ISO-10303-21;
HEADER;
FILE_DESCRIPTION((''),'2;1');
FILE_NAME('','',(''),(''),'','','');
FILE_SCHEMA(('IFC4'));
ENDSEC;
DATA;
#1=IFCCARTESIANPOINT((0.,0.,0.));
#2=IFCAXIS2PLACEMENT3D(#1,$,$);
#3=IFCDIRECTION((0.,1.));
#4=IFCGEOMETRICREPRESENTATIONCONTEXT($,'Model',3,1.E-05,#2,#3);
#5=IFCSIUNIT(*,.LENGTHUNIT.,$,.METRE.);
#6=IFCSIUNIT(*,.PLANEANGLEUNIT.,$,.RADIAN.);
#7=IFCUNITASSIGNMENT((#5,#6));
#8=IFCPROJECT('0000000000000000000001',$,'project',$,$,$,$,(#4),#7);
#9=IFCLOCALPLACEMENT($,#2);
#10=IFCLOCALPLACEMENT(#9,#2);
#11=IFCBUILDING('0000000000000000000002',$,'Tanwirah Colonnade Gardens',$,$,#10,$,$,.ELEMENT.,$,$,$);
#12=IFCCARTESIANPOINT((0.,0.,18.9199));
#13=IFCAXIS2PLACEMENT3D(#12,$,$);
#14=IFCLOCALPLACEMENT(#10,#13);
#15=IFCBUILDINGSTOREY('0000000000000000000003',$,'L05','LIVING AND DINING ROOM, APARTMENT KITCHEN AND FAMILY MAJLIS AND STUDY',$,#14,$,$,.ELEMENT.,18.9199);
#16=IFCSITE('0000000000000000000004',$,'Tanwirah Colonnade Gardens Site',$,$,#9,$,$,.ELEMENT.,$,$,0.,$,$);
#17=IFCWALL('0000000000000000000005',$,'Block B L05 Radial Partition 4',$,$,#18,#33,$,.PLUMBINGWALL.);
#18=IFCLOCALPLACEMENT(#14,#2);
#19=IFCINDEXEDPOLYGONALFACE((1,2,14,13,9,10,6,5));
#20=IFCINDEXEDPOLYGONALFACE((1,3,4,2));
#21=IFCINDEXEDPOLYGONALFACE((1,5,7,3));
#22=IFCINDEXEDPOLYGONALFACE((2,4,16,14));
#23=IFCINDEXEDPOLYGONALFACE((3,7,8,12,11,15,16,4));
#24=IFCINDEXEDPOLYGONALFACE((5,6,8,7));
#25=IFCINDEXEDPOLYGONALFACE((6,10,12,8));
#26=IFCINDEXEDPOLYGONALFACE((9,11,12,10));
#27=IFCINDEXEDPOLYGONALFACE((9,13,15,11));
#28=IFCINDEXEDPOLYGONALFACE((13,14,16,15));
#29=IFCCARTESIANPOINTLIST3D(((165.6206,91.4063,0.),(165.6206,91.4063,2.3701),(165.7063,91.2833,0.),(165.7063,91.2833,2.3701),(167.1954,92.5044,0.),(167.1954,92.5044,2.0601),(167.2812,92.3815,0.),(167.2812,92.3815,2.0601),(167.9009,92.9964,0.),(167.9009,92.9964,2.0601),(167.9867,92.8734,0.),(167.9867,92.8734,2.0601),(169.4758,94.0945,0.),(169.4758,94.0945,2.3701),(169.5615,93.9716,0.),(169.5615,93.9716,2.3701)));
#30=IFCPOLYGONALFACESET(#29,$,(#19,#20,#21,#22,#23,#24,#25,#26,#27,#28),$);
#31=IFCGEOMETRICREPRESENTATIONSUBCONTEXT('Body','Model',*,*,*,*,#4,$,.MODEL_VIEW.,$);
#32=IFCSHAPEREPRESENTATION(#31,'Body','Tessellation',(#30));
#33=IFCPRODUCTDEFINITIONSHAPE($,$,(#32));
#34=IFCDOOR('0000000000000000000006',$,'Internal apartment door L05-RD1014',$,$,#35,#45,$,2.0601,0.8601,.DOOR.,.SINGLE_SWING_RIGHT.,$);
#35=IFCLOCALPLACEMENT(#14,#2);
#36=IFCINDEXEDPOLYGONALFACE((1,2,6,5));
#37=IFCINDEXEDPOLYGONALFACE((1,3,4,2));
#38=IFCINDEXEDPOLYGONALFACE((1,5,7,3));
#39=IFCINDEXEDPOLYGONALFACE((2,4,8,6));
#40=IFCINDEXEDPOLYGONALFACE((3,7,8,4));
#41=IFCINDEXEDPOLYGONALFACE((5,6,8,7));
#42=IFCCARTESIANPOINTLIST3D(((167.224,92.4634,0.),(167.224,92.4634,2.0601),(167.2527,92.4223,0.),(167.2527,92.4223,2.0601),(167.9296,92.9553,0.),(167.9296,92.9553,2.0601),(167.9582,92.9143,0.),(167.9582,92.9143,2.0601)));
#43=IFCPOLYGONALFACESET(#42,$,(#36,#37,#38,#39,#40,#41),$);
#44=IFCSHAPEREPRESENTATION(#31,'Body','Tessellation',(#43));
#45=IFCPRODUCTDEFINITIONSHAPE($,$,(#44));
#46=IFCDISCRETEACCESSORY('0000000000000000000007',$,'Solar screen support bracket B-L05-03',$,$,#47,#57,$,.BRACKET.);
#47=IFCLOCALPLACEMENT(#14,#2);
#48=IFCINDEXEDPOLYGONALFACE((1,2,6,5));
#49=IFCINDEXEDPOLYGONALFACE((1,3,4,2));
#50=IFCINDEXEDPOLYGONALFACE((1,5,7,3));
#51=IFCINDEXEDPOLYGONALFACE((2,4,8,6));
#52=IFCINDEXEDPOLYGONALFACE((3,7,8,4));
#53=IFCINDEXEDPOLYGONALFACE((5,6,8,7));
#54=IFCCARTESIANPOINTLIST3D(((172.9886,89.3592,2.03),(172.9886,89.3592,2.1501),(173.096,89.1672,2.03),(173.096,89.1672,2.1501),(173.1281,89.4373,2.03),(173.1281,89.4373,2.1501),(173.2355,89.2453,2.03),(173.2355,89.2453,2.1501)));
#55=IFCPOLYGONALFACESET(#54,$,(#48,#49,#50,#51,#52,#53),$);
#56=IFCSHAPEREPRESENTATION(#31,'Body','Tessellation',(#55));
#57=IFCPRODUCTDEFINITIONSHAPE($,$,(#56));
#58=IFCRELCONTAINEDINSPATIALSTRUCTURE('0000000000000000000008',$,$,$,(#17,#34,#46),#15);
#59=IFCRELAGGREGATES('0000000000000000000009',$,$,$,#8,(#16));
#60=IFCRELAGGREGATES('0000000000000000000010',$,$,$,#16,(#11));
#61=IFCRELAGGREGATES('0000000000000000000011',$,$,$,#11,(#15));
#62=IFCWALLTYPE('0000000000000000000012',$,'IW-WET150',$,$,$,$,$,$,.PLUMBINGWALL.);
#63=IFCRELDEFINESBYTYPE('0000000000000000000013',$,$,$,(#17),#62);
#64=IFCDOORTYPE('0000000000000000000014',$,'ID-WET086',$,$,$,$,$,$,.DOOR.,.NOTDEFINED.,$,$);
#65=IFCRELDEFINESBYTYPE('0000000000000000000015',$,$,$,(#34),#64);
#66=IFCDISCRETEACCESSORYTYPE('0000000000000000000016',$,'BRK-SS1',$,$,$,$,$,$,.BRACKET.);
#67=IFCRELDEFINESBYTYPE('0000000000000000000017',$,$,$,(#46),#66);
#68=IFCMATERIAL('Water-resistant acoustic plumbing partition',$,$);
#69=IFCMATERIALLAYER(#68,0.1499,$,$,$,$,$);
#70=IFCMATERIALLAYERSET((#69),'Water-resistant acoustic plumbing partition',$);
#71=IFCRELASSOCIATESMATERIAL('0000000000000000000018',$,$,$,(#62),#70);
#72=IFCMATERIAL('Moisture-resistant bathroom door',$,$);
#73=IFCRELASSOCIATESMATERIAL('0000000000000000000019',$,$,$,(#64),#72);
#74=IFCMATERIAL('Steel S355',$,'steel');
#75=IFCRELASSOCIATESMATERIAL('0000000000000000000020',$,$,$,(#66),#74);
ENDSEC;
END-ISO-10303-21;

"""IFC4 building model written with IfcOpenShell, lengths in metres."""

from ifc_helpers import new_model, si_unit, direction, frame, frame_2d, origin, origin_2d, place, context, subcontext, project, spatial, rectangle, extrude, material, layer, layer_set, type_object, element, fill, save


model = new_model("IFC4")

# Units and contexts
model_context = context("Model", 3, precision=1e-05, world=origin(), true_north=direction((0.0, 1.0)))
body_context = subcontext(model_context, "Body", "Model", "MODEL_VIEW")
ifc_project = project(units=[si_unit("LENGTHUNIT", "METRE"), si_unit("PLANEANGLEUNIT", "RADIAN")], contexts=[model_context])

# Site, building, storey
site_placement = place(None, origin())
site = spatial("IfcSite", under=ifc_project, at=site_placement, Name="Tanwirah Colonnade Gardens Site", CompositionType="ELEMENT", RefElevation=0.0)
building_placement = place(site_placement, origin())
building = spatial("IfcBuilding", under=site, at=building_placement, Name="Tanwirah Colonnade Gardens", CompositionType="ELEMENT")
storey_placement = place(building_placement, frame((0.0, 0.0, 18.9199)))
storey = spatial("IfcBuildingStorey", under=building, at=storey_placement, Name="L05", Description="LIVING AND DINING ROOM, APARTMENT KITCHEN AND FAMILY MAJLIS AND STUDY", CompositionType="ELEMENT", Elevation=18.9199)

# Wall, opening, door
ifc_material_1 = material(Name="Water-resistant acoustic plumbing partition")
ifc_layer_1 = layer(ifc_material_1, 0.1499)
ifc_layer_set_1 = layer_set([ifc_layer_1], Name="Water-resistant acoustic plumbing partition")
wall_type_1 = type_object("IfcWallType", Name="IW-WET150", PredefinedType="PLUMBINGWALL", material=ifc_layer_set_1)
wall_1_placement = place(storey_placement, frame((165.6633, 91.3447, 0.0), z_axis=(0.0, 0.0, 1.0), x_axis=(0.820273, 0.571973, 0.0)))
wall_1 = element("IfcWall", 1, at=wall_1_placement, inside=storey, type_object=wall_type_1, Name="Block B L05 Radial Partition 4", PredefinedType="PLUMBINGWALL", context=body_context, shape_type="SweptSolid", body=[
    extrude(rectangle(XDim=4.7, YDim=0.1499, at=frame_2d((2.3501, 0.0))), origin(), (0.0, 0.0, 1.0), 2.3701),
])
opening_1_placement = place(wall_1_placement, frame((1.9199, 0.0, 0.0)))
opening_1 = element("IfcOpeningElement", 2, at=opening_1_placement, cuts=wall_1, PredefinedType="OPENING", context=body_context, shape_type="SweptSolid", body=[
    extrude(rectangle(XDim=0.8601, YDim=2.0601, at=frame_2d((0.4302, 1.03))), frame((0.0, 0.085, 0.0), z_axis=(0.0, -1.0, 0.0), x_axis=(1.0, 0.0, 0.0)), (0.0, 0.0, 1.0), 0.1699),
])
ifc_material_2 = material(Name="Moisture-resistant bathroom door")
door_type_1 = type_object("IfcDoorType", Name="ID-WET086", OperationType="NOTDEFINED", PredefinedType="DOOR", material=ifc_material_2)
door_1_placement = place(opening_1_placement, origin())
door_1 = element("IfcDoor", 3, at=door_1_placement, inside=storey, type_object=door_type_1, Name="Internal apartment door L05-RD1014", OperationType="SINGLE_SWING_RIGHT", OverallHeight=2.0601, OverallWidth=0.8601, PredefinedType="DOOR", context=body_context, shape_type="SweptSolid", body=[
    extrude(rectangle(XDim=0.8601, YDim=2.0601, at=frame_2d((0.4302, 1.03))), frame((0.0, 0.0249, 0.0), z_axis=(0.0, -1.0, 0.0), x_axis=(1.0, 0.0, 0.0)), (0.0, 0.0, 1.0), 0.05),
])
fill(opening_1, door_1)

# Discrete accessory
ifc_material_3 = material(Name="Steel S355", Category="steel")
discrete_accessory_type = type_object("IfcDiscreteAccessoryType", Name="BRK-SS1", PredefinedType="BRACKET", material=ifc_material_3)
discrete_accessory_placement = place(storey_placement, frame((173.1121, 89.3022, 2.03), z_axis=(0.0, 0.0, 1.0), x_axis=(-0.488198, 0.872733, 0.0)))
element("IfcDiscreteAccessory", 4, at=discrete_accessory_placement, inside=storey, type_object=discrete_accessory_type, Name="Solar screen support bracket B-L05-03", PredefinedType="BRACKET", context=body_context, shape_type="SweptSolid", body=[
    extrude(rectangle(XDim=0.22, YDim=0.1599, at=origin_2d()), origin(), (0.0, 0.0, 1.0), 0.1201),
])

save(model, "model.ifc")
